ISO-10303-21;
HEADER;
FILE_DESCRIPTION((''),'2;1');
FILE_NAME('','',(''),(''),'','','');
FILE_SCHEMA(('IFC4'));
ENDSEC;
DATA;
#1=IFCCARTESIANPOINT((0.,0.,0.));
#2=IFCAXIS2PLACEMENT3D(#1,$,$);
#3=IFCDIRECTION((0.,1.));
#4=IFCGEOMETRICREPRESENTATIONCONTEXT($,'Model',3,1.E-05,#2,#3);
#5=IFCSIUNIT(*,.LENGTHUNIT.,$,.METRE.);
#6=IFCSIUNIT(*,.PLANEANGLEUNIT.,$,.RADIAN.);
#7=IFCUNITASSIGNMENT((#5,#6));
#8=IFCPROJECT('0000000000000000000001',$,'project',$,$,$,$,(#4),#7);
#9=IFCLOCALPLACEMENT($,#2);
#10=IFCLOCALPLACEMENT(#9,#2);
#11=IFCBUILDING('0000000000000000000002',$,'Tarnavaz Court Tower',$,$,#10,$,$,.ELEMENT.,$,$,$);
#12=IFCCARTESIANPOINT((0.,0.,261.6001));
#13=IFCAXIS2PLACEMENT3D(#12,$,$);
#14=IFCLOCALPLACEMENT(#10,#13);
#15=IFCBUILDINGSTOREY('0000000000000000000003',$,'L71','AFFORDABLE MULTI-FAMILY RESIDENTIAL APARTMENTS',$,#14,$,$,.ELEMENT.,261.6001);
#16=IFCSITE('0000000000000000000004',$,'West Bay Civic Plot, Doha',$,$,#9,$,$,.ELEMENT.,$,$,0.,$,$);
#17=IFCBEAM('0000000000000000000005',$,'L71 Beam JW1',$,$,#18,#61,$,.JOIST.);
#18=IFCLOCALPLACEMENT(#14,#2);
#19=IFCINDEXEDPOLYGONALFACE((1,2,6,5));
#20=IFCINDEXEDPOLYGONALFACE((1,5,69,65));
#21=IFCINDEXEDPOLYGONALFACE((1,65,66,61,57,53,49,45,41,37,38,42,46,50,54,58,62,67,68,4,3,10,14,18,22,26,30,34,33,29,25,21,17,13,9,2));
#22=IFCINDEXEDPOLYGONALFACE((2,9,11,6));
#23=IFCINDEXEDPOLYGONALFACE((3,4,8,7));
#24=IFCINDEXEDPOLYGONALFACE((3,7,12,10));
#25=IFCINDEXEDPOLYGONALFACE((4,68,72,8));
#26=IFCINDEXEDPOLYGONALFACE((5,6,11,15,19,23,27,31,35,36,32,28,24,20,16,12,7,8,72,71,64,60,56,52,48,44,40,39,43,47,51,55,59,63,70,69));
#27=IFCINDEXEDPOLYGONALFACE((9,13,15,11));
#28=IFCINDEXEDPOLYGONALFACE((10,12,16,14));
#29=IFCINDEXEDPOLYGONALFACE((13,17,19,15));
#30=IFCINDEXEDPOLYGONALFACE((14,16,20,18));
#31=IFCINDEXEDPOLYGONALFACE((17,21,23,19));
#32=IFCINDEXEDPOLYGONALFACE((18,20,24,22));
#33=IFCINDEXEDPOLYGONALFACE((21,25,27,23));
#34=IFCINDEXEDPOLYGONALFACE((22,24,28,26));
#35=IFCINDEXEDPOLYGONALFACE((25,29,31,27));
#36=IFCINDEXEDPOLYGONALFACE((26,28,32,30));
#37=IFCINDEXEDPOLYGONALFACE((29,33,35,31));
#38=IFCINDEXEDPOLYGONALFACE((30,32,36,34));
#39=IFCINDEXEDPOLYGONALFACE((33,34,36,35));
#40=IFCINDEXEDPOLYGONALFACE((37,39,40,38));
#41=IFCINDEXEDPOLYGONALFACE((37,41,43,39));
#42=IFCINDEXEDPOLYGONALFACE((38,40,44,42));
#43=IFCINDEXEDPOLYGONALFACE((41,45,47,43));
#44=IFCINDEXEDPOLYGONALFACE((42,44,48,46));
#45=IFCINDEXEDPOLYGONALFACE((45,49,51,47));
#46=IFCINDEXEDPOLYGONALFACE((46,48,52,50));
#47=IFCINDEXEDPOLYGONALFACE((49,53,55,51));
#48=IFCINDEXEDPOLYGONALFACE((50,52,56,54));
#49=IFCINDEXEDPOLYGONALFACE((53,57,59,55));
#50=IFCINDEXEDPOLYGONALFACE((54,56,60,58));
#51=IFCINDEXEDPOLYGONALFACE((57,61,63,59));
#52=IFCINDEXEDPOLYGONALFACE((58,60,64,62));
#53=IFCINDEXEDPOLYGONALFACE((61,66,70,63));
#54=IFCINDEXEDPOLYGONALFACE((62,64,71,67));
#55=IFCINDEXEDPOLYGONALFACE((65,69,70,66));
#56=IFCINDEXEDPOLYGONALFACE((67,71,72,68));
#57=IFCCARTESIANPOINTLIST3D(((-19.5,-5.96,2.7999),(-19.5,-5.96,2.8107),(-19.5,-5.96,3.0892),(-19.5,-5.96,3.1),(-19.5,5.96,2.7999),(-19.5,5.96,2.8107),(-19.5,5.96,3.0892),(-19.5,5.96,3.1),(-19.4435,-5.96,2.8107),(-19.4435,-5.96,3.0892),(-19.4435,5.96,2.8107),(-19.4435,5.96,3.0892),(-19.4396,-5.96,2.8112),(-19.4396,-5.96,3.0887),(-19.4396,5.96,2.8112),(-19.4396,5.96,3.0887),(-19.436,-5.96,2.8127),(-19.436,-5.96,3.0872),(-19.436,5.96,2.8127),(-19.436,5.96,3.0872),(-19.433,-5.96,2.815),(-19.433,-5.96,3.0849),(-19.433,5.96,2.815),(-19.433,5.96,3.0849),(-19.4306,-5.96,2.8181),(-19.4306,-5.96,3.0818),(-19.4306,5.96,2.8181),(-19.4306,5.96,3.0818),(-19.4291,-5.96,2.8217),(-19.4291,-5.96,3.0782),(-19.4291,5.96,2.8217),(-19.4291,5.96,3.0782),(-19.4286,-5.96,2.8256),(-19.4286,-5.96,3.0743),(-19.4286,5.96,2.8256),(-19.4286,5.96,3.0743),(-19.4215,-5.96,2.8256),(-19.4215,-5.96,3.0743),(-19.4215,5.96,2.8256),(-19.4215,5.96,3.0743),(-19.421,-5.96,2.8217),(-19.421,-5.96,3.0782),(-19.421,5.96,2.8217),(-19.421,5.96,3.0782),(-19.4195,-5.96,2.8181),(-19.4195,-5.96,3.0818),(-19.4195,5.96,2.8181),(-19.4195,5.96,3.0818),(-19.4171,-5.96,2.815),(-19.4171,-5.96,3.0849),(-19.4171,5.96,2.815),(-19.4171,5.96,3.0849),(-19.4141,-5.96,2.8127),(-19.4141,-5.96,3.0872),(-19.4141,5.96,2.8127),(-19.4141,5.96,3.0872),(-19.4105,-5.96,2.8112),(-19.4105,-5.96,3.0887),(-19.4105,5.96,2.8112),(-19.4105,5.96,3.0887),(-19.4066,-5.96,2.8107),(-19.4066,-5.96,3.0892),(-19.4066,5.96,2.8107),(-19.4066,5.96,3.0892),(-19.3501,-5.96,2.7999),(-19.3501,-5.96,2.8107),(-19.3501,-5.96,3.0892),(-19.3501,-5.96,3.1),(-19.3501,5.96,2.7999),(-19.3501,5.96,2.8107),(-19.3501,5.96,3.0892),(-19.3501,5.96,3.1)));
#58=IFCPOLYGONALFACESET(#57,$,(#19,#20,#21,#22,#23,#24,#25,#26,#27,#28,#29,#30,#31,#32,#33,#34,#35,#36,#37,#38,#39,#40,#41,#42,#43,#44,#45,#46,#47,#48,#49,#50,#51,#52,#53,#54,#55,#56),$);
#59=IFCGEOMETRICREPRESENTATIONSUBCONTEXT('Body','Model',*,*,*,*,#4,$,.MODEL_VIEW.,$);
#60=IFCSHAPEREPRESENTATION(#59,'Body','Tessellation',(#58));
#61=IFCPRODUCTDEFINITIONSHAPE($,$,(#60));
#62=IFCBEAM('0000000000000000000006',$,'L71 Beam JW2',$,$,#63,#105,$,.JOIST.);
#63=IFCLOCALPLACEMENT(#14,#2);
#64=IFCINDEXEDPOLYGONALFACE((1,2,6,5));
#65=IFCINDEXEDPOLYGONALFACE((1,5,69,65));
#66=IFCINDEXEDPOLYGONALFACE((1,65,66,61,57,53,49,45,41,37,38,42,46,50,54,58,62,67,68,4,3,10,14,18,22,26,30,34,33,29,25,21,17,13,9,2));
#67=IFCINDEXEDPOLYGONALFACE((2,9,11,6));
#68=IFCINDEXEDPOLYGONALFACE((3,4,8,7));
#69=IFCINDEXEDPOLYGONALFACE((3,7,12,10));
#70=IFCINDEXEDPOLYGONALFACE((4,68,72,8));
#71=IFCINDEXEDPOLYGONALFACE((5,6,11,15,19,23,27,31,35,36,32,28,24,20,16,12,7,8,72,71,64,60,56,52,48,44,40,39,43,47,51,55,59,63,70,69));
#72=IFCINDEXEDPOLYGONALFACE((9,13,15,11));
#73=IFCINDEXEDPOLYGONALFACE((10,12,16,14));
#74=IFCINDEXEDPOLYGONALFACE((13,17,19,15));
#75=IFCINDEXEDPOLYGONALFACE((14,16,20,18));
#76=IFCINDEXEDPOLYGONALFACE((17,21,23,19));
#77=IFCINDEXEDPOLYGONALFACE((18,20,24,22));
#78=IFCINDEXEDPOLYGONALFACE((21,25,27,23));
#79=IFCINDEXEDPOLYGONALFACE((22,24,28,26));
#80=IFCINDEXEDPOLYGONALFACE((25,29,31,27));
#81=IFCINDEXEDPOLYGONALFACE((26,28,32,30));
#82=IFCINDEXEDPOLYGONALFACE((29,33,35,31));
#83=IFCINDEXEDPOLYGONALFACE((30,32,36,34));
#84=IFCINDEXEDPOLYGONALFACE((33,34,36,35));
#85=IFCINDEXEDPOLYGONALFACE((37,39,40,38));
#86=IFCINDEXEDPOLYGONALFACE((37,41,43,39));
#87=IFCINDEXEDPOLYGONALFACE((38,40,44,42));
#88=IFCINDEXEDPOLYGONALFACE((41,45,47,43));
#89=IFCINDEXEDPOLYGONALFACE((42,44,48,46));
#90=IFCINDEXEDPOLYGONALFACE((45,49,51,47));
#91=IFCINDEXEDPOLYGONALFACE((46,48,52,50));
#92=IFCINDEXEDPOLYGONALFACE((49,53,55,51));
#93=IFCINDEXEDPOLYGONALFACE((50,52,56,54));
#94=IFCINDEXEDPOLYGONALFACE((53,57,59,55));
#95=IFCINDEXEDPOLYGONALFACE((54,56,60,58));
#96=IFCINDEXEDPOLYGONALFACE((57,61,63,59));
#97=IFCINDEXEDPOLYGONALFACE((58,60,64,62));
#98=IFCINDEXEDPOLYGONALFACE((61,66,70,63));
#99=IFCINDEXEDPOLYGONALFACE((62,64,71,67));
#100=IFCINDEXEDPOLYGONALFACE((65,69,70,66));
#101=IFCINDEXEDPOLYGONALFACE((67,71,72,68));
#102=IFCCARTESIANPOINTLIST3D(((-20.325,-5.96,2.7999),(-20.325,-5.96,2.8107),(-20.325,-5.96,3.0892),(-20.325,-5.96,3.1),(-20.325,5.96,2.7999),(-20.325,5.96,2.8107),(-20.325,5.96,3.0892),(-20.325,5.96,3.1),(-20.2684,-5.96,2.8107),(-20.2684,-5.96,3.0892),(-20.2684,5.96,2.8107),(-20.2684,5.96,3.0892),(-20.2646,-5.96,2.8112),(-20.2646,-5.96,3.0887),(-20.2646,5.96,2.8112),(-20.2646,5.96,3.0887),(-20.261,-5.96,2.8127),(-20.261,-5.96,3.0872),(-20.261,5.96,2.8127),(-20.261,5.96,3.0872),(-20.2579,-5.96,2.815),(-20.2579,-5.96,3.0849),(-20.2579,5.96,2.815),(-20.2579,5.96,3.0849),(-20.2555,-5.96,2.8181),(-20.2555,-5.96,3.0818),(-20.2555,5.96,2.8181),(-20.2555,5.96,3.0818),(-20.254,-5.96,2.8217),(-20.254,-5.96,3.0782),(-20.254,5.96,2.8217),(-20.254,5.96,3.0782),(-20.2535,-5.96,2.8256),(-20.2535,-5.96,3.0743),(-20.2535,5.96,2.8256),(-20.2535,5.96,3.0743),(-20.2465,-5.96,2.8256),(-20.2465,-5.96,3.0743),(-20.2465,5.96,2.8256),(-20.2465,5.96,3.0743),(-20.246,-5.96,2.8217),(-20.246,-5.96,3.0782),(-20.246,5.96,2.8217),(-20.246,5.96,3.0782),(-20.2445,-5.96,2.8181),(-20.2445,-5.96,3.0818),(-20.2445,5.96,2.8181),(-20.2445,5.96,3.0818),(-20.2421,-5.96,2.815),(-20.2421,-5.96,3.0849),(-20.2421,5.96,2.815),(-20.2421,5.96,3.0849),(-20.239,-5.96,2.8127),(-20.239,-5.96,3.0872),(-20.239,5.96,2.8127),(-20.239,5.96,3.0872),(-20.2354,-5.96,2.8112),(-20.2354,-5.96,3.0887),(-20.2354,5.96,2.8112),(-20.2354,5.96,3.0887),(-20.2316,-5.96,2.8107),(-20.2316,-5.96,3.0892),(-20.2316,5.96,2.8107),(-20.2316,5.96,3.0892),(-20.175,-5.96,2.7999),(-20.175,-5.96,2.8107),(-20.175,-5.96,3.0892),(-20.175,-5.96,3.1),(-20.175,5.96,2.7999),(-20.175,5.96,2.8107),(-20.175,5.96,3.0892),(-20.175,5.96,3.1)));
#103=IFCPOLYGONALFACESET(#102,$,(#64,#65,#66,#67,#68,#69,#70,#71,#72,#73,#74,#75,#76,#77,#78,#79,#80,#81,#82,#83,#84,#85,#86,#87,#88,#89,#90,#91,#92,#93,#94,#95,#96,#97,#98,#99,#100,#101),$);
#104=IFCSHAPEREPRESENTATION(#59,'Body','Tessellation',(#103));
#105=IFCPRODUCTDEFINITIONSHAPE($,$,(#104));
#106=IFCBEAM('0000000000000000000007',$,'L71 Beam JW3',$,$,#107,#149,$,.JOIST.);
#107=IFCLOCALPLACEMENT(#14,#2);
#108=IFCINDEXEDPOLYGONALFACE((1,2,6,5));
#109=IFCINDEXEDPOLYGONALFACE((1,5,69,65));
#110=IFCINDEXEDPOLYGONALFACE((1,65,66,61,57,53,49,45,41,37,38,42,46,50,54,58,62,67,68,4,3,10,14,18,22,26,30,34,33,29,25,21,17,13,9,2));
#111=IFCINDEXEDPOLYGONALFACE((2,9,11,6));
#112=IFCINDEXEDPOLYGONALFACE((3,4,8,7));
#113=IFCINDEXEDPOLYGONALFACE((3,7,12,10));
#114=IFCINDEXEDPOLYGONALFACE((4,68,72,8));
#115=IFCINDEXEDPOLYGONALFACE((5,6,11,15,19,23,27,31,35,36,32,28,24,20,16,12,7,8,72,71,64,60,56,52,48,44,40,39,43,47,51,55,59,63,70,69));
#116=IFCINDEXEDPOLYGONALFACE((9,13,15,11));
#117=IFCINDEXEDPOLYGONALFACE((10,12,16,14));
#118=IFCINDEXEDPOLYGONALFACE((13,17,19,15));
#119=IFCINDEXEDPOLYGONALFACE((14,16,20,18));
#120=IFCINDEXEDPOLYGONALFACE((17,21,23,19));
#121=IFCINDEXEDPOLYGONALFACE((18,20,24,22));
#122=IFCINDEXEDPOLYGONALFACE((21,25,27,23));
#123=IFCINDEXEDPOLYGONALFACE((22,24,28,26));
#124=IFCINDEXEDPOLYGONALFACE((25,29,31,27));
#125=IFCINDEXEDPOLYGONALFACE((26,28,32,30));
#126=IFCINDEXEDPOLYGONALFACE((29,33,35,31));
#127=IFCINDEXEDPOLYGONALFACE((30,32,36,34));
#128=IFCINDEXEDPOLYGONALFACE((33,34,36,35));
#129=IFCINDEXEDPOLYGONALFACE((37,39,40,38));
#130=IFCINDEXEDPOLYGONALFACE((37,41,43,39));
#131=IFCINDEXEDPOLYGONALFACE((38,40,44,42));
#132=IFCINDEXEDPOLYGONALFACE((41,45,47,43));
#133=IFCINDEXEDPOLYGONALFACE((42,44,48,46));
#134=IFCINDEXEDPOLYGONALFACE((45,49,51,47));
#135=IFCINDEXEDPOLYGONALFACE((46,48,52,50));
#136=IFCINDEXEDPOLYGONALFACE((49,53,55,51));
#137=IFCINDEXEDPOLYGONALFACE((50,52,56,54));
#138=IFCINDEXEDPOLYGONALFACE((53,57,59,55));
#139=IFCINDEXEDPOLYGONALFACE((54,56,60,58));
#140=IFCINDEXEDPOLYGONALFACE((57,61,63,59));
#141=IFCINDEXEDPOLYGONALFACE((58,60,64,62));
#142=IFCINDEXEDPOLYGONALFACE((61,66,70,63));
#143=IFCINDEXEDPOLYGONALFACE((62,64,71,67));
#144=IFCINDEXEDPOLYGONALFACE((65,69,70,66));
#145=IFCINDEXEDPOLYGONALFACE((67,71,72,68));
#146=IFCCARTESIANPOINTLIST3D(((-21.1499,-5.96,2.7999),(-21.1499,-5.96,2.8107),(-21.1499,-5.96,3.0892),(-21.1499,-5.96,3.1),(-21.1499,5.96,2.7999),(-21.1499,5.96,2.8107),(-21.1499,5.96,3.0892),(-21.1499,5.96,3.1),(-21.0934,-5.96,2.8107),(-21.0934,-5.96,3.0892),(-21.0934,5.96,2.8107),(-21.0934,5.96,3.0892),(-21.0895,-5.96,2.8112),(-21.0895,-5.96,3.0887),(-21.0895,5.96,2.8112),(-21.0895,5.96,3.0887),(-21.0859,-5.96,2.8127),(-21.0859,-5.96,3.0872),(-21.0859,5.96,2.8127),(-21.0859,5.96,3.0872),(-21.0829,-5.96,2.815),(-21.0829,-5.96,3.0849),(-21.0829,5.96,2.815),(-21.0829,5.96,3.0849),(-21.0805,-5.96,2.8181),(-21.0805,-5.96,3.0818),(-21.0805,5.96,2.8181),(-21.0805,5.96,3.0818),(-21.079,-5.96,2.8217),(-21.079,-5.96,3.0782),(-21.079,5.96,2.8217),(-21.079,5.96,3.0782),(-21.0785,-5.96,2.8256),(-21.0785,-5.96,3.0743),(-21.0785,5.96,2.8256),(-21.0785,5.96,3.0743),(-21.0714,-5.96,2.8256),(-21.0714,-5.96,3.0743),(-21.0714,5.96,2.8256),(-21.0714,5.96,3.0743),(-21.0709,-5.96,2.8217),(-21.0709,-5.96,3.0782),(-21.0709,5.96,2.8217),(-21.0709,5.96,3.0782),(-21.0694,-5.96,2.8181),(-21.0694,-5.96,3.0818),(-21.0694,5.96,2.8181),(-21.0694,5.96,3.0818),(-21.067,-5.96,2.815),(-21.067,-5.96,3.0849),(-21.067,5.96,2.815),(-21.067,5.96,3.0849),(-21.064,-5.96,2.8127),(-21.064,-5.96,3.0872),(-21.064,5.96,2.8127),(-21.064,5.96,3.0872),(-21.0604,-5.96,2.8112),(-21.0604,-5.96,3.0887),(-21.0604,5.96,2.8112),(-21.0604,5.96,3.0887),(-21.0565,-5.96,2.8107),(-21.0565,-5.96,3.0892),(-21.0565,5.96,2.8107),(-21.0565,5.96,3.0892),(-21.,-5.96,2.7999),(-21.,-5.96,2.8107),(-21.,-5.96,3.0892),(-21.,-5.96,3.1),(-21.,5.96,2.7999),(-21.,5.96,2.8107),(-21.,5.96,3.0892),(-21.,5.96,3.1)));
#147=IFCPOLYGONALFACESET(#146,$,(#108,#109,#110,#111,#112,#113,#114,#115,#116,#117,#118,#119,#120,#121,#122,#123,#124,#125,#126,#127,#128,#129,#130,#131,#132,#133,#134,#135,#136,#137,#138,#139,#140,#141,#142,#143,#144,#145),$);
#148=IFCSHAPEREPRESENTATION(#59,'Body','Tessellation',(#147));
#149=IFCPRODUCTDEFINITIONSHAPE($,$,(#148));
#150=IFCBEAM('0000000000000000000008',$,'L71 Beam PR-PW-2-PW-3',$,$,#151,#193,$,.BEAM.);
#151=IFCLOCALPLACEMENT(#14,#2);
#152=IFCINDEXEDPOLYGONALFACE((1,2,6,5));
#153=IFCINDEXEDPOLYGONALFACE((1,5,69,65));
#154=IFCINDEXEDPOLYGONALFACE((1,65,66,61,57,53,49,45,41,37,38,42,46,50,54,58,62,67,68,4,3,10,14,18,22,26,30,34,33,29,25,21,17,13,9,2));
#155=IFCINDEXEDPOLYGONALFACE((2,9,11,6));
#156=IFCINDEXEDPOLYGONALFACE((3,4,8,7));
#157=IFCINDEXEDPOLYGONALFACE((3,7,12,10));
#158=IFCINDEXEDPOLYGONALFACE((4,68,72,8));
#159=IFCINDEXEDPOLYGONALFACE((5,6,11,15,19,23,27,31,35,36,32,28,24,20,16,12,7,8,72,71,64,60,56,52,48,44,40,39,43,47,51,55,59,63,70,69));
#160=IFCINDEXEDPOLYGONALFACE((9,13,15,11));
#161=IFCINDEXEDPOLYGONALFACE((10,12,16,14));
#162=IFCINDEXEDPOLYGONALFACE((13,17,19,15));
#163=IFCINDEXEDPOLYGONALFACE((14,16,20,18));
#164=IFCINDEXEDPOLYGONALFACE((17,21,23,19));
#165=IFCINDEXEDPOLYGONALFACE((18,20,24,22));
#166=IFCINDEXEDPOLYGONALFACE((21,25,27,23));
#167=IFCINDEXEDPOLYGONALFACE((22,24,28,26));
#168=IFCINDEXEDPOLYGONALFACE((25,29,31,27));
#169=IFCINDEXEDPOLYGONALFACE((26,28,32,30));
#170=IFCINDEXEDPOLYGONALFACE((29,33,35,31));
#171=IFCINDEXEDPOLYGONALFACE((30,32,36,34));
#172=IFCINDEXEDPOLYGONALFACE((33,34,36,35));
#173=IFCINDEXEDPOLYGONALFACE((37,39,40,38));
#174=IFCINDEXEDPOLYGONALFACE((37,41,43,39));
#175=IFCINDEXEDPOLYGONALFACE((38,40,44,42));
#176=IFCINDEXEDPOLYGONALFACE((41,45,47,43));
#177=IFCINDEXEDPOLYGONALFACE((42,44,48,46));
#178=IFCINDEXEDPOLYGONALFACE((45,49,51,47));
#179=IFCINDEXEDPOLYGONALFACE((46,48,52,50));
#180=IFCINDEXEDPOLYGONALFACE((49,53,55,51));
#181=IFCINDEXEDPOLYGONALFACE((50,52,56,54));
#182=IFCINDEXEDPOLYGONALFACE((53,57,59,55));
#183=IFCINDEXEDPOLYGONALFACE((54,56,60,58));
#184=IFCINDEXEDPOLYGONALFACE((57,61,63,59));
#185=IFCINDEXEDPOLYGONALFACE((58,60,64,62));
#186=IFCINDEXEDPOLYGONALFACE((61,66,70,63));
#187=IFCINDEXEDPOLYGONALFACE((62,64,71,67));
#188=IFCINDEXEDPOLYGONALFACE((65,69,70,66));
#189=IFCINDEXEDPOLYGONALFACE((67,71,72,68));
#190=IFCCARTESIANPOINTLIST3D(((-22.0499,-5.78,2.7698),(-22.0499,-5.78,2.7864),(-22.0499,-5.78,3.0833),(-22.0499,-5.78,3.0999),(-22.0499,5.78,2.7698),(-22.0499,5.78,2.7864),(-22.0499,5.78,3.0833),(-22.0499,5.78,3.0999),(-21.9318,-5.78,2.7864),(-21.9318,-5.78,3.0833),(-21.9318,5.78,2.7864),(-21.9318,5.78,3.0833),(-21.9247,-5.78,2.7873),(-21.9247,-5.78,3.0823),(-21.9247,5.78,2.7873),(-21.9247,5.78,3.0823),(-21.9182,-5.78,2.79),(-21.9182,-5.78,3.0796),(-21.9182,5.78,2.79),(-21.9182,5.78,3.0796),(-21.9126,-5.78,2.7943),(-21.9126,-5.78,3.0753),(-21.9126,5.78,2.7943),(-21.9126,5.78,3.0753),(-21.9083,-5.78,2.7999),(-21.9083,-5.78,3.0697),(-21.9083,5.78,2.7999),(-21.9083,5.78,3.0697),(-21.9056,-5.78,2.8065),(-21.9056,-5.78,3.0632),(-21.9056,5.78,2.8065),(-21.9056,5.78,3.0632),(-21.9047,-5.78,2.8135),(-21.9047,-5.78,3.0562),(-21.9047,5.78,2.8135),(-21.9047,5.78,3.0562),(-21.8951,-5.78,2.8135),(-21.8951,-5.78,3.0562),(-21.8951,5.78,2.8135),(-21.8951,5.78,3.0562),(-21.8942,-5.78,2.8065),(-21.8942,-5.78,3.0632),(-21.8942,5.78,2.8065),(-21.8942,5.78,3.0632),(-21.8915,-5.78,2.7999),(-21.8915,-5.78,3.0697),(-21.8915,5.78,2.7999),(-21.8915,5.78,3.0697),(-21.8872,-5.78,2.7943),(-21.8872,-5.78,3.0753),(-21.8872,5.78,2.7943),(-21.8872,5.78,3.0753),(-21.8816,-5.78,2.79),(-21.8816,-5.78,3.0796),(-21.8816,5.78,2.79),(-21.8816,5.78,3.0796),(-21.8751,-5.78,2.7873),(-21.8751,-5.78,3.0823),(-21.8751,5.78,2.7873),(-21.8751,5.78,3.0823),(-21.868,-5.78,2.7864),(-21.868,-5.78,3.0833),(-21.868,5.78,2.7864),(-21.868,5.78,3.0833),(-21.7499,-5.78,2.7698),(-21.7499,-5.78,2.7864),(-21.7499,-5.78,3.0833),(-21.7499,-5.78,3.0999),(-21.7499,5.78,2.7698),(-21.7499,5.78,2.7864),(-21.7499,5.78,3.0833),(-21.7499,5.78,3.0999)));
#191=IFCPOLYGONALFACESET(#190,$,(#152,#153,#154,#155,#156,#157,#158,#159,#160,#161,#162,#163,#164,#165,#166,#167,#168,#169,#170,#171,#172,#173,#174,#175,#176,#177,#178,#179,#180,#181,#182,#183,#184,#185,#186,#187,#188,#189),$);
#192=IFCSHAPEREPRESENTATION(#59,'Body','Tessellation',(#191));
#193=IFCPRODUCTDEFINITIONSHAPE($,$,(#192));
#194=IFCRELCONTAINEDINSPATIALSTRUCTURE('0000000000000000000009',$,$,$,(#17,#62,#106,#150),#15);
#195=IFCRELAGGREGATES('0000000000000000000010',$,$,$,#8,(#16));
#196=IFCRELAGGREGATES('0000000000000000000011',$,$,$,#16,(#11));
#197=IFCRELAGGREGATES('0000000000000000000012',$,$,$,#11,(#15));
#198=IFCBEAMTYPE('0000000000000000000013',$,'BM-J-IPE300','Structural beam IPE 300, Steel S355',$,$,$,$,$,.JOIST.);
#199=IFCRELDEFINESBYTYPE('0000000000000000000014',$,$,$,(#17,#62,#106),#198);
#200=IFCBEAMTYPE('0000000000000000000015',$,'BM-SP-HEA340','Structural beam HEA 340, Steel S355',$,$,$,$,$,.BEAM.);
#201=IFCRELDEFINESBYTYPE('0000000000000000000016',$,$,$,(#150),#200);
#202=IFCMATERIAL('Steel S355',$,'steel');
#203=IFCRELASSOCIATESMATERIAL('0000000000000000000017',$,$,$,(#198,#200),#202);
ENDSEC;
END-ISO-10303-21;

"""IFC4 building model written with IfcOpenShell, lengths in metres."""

from ifc_helpers import new_model, si_unit, direction, frame, origin, origin_2d, place, context, subcontext, project, spatial, i_section, extrude, material, material_profile, profile_set, type_object, element, save


model = new_model("IFC4")

# Units and contexts
model_context = context("Model", 3, precision=1e-05, world=origin(), true_north=direction((0.0, 1.0)))
body_context = subcontext(model_context, "Body", "Model", "MODEL_VIEW")
ifc_project = project(units=[si_unit("LENGTHUNIT", "METRE"), si_unit("PLANEANGLEUNIT", "RADIAN")], contexts=[model_context])

# Site, building, storey
site_placement = place(None, origin())
site = spatial("IfcSite", under=ifc_project, at=site_placement, Name="West Bay Civic Plot, Doha", CompositionType="ELEMENT", RefElevation=0.0)
building_placement = place(site_placement, origin())
building = spatial("IfcBuilding", under=site, at=building_placement, Name="Tarnavaz Court Tower", CompositionType="ELEMENT")
storey_placement = place(building_placement, frame((0.0, 0.0, 261.6001)))
storey = spatial("IfcBuildingStorey", under=building, at=storey_placement, Name="L71", Description="AFFORDABLE MULTI-FAMILY RESIDENTIAL APARTMENTS", CompositionType="ELEMENT", Elevation=261.6001)

# Beams
ifc_material_1 = material(Name="Steel S355", Category="steel")
ifc_material_profile_1 = material_profile(ifc_material_1, i_section(OverallWidth=0.1499, OverallDepth=0.3, WebThickness=0.0071, FlangeThickness=0.0107, FilletRadius=0.0149, at=origin_2d()), Name="IPE 300")
ifc_profile_set_1 = profile_set([ifc_material_profile_1], Name="Steel S355")
beam_type_1 = type_object("IfcBeamType", Name="BM-J-IPE300", Description="Structural beam IPE 300, Steel S355", PredefinedType="JOIST", material=ifc_profile_set_1)
for number, where, z_axis, x_axis, name in (
    (1, (-19.425, -5.96, 2.95), (0.0, 1.0, 0.0), (-1.0, 0.0, 0.0), "L71 Beam JW1"),
    (2, (-20.25, -5.96, 2.95), (0.0, 1.0, 0.0), (-1.0, 0.0, 0.0), "L71 Beam JW2"),
    (3, (-21.075, -5.96, 2.95), (0.0, 1.0, 0.0), (-1.0, 0.0, 0.0), "L71 Beam JW3"),
):
    element("IfcBeam", number, at=place(storey_placement, frame(where, z_axis=z_axis, x_axis=x_axis)), inside=storey, type_object=beam_type_1, Name=name, PredefinedType="JOIST", context=body_context, shape_type="SweptSolid", body=[
        extrude(i_section(OverallWidth=0.1499, OverallDepth=0.3, WebThickness=0.0071, FlangeThickness=0.0107, FilletRadius=0.0149, at=origin_2d()), origin(), (0.0, 0.0, 1.0), 11.9199),
    ])
ifc_material_profile_2 = material_profile(ifc_material_1, i_section(OverallWidth=0.3, OverallDepth=0.3301, WebThickness=0.0095, FlangeThickness=0.0166, FilletRadius=0.0271, at=origin_2d()), Name="HEA 340")
ifc_profile_set_2 = profile_set([ifc_material_profile_2], Name="Steel S355")
beam_type_2 = type_object("IfcBeamType", Name="BM-SP-HEA340", Description="Structural beam HEA 340, Steel S355", PredefinedType="BEAM", material=ifc_profile_set_2)
beam_1_placement = place(storey_placement, frame((-21.8999, -5.78, 2.9348), z_axis=(0.0, 1.0, 0.0), x_axis=(-1.0, 0.0, 0.0)))
element("IfcBeam", 4, at=beam_1_placement, inside=storey, type_object=beam_type_2, Name="L71 Beam PR-PW-2-PW-3", PredefinedType="BEAM", context=body_context, shape_type="SweptSolid", body=[
    extrude(i_section(OverallWidth=0.3, OverallDepth=0.3301, WebThickness=0.0095, FlangeThickness=0.0166, FilletRadius=0.0271, at=origin_2d()), origin(), (0.0, 0.0, 1.0), 11.5601),
])

save(model, "model.ifc")
